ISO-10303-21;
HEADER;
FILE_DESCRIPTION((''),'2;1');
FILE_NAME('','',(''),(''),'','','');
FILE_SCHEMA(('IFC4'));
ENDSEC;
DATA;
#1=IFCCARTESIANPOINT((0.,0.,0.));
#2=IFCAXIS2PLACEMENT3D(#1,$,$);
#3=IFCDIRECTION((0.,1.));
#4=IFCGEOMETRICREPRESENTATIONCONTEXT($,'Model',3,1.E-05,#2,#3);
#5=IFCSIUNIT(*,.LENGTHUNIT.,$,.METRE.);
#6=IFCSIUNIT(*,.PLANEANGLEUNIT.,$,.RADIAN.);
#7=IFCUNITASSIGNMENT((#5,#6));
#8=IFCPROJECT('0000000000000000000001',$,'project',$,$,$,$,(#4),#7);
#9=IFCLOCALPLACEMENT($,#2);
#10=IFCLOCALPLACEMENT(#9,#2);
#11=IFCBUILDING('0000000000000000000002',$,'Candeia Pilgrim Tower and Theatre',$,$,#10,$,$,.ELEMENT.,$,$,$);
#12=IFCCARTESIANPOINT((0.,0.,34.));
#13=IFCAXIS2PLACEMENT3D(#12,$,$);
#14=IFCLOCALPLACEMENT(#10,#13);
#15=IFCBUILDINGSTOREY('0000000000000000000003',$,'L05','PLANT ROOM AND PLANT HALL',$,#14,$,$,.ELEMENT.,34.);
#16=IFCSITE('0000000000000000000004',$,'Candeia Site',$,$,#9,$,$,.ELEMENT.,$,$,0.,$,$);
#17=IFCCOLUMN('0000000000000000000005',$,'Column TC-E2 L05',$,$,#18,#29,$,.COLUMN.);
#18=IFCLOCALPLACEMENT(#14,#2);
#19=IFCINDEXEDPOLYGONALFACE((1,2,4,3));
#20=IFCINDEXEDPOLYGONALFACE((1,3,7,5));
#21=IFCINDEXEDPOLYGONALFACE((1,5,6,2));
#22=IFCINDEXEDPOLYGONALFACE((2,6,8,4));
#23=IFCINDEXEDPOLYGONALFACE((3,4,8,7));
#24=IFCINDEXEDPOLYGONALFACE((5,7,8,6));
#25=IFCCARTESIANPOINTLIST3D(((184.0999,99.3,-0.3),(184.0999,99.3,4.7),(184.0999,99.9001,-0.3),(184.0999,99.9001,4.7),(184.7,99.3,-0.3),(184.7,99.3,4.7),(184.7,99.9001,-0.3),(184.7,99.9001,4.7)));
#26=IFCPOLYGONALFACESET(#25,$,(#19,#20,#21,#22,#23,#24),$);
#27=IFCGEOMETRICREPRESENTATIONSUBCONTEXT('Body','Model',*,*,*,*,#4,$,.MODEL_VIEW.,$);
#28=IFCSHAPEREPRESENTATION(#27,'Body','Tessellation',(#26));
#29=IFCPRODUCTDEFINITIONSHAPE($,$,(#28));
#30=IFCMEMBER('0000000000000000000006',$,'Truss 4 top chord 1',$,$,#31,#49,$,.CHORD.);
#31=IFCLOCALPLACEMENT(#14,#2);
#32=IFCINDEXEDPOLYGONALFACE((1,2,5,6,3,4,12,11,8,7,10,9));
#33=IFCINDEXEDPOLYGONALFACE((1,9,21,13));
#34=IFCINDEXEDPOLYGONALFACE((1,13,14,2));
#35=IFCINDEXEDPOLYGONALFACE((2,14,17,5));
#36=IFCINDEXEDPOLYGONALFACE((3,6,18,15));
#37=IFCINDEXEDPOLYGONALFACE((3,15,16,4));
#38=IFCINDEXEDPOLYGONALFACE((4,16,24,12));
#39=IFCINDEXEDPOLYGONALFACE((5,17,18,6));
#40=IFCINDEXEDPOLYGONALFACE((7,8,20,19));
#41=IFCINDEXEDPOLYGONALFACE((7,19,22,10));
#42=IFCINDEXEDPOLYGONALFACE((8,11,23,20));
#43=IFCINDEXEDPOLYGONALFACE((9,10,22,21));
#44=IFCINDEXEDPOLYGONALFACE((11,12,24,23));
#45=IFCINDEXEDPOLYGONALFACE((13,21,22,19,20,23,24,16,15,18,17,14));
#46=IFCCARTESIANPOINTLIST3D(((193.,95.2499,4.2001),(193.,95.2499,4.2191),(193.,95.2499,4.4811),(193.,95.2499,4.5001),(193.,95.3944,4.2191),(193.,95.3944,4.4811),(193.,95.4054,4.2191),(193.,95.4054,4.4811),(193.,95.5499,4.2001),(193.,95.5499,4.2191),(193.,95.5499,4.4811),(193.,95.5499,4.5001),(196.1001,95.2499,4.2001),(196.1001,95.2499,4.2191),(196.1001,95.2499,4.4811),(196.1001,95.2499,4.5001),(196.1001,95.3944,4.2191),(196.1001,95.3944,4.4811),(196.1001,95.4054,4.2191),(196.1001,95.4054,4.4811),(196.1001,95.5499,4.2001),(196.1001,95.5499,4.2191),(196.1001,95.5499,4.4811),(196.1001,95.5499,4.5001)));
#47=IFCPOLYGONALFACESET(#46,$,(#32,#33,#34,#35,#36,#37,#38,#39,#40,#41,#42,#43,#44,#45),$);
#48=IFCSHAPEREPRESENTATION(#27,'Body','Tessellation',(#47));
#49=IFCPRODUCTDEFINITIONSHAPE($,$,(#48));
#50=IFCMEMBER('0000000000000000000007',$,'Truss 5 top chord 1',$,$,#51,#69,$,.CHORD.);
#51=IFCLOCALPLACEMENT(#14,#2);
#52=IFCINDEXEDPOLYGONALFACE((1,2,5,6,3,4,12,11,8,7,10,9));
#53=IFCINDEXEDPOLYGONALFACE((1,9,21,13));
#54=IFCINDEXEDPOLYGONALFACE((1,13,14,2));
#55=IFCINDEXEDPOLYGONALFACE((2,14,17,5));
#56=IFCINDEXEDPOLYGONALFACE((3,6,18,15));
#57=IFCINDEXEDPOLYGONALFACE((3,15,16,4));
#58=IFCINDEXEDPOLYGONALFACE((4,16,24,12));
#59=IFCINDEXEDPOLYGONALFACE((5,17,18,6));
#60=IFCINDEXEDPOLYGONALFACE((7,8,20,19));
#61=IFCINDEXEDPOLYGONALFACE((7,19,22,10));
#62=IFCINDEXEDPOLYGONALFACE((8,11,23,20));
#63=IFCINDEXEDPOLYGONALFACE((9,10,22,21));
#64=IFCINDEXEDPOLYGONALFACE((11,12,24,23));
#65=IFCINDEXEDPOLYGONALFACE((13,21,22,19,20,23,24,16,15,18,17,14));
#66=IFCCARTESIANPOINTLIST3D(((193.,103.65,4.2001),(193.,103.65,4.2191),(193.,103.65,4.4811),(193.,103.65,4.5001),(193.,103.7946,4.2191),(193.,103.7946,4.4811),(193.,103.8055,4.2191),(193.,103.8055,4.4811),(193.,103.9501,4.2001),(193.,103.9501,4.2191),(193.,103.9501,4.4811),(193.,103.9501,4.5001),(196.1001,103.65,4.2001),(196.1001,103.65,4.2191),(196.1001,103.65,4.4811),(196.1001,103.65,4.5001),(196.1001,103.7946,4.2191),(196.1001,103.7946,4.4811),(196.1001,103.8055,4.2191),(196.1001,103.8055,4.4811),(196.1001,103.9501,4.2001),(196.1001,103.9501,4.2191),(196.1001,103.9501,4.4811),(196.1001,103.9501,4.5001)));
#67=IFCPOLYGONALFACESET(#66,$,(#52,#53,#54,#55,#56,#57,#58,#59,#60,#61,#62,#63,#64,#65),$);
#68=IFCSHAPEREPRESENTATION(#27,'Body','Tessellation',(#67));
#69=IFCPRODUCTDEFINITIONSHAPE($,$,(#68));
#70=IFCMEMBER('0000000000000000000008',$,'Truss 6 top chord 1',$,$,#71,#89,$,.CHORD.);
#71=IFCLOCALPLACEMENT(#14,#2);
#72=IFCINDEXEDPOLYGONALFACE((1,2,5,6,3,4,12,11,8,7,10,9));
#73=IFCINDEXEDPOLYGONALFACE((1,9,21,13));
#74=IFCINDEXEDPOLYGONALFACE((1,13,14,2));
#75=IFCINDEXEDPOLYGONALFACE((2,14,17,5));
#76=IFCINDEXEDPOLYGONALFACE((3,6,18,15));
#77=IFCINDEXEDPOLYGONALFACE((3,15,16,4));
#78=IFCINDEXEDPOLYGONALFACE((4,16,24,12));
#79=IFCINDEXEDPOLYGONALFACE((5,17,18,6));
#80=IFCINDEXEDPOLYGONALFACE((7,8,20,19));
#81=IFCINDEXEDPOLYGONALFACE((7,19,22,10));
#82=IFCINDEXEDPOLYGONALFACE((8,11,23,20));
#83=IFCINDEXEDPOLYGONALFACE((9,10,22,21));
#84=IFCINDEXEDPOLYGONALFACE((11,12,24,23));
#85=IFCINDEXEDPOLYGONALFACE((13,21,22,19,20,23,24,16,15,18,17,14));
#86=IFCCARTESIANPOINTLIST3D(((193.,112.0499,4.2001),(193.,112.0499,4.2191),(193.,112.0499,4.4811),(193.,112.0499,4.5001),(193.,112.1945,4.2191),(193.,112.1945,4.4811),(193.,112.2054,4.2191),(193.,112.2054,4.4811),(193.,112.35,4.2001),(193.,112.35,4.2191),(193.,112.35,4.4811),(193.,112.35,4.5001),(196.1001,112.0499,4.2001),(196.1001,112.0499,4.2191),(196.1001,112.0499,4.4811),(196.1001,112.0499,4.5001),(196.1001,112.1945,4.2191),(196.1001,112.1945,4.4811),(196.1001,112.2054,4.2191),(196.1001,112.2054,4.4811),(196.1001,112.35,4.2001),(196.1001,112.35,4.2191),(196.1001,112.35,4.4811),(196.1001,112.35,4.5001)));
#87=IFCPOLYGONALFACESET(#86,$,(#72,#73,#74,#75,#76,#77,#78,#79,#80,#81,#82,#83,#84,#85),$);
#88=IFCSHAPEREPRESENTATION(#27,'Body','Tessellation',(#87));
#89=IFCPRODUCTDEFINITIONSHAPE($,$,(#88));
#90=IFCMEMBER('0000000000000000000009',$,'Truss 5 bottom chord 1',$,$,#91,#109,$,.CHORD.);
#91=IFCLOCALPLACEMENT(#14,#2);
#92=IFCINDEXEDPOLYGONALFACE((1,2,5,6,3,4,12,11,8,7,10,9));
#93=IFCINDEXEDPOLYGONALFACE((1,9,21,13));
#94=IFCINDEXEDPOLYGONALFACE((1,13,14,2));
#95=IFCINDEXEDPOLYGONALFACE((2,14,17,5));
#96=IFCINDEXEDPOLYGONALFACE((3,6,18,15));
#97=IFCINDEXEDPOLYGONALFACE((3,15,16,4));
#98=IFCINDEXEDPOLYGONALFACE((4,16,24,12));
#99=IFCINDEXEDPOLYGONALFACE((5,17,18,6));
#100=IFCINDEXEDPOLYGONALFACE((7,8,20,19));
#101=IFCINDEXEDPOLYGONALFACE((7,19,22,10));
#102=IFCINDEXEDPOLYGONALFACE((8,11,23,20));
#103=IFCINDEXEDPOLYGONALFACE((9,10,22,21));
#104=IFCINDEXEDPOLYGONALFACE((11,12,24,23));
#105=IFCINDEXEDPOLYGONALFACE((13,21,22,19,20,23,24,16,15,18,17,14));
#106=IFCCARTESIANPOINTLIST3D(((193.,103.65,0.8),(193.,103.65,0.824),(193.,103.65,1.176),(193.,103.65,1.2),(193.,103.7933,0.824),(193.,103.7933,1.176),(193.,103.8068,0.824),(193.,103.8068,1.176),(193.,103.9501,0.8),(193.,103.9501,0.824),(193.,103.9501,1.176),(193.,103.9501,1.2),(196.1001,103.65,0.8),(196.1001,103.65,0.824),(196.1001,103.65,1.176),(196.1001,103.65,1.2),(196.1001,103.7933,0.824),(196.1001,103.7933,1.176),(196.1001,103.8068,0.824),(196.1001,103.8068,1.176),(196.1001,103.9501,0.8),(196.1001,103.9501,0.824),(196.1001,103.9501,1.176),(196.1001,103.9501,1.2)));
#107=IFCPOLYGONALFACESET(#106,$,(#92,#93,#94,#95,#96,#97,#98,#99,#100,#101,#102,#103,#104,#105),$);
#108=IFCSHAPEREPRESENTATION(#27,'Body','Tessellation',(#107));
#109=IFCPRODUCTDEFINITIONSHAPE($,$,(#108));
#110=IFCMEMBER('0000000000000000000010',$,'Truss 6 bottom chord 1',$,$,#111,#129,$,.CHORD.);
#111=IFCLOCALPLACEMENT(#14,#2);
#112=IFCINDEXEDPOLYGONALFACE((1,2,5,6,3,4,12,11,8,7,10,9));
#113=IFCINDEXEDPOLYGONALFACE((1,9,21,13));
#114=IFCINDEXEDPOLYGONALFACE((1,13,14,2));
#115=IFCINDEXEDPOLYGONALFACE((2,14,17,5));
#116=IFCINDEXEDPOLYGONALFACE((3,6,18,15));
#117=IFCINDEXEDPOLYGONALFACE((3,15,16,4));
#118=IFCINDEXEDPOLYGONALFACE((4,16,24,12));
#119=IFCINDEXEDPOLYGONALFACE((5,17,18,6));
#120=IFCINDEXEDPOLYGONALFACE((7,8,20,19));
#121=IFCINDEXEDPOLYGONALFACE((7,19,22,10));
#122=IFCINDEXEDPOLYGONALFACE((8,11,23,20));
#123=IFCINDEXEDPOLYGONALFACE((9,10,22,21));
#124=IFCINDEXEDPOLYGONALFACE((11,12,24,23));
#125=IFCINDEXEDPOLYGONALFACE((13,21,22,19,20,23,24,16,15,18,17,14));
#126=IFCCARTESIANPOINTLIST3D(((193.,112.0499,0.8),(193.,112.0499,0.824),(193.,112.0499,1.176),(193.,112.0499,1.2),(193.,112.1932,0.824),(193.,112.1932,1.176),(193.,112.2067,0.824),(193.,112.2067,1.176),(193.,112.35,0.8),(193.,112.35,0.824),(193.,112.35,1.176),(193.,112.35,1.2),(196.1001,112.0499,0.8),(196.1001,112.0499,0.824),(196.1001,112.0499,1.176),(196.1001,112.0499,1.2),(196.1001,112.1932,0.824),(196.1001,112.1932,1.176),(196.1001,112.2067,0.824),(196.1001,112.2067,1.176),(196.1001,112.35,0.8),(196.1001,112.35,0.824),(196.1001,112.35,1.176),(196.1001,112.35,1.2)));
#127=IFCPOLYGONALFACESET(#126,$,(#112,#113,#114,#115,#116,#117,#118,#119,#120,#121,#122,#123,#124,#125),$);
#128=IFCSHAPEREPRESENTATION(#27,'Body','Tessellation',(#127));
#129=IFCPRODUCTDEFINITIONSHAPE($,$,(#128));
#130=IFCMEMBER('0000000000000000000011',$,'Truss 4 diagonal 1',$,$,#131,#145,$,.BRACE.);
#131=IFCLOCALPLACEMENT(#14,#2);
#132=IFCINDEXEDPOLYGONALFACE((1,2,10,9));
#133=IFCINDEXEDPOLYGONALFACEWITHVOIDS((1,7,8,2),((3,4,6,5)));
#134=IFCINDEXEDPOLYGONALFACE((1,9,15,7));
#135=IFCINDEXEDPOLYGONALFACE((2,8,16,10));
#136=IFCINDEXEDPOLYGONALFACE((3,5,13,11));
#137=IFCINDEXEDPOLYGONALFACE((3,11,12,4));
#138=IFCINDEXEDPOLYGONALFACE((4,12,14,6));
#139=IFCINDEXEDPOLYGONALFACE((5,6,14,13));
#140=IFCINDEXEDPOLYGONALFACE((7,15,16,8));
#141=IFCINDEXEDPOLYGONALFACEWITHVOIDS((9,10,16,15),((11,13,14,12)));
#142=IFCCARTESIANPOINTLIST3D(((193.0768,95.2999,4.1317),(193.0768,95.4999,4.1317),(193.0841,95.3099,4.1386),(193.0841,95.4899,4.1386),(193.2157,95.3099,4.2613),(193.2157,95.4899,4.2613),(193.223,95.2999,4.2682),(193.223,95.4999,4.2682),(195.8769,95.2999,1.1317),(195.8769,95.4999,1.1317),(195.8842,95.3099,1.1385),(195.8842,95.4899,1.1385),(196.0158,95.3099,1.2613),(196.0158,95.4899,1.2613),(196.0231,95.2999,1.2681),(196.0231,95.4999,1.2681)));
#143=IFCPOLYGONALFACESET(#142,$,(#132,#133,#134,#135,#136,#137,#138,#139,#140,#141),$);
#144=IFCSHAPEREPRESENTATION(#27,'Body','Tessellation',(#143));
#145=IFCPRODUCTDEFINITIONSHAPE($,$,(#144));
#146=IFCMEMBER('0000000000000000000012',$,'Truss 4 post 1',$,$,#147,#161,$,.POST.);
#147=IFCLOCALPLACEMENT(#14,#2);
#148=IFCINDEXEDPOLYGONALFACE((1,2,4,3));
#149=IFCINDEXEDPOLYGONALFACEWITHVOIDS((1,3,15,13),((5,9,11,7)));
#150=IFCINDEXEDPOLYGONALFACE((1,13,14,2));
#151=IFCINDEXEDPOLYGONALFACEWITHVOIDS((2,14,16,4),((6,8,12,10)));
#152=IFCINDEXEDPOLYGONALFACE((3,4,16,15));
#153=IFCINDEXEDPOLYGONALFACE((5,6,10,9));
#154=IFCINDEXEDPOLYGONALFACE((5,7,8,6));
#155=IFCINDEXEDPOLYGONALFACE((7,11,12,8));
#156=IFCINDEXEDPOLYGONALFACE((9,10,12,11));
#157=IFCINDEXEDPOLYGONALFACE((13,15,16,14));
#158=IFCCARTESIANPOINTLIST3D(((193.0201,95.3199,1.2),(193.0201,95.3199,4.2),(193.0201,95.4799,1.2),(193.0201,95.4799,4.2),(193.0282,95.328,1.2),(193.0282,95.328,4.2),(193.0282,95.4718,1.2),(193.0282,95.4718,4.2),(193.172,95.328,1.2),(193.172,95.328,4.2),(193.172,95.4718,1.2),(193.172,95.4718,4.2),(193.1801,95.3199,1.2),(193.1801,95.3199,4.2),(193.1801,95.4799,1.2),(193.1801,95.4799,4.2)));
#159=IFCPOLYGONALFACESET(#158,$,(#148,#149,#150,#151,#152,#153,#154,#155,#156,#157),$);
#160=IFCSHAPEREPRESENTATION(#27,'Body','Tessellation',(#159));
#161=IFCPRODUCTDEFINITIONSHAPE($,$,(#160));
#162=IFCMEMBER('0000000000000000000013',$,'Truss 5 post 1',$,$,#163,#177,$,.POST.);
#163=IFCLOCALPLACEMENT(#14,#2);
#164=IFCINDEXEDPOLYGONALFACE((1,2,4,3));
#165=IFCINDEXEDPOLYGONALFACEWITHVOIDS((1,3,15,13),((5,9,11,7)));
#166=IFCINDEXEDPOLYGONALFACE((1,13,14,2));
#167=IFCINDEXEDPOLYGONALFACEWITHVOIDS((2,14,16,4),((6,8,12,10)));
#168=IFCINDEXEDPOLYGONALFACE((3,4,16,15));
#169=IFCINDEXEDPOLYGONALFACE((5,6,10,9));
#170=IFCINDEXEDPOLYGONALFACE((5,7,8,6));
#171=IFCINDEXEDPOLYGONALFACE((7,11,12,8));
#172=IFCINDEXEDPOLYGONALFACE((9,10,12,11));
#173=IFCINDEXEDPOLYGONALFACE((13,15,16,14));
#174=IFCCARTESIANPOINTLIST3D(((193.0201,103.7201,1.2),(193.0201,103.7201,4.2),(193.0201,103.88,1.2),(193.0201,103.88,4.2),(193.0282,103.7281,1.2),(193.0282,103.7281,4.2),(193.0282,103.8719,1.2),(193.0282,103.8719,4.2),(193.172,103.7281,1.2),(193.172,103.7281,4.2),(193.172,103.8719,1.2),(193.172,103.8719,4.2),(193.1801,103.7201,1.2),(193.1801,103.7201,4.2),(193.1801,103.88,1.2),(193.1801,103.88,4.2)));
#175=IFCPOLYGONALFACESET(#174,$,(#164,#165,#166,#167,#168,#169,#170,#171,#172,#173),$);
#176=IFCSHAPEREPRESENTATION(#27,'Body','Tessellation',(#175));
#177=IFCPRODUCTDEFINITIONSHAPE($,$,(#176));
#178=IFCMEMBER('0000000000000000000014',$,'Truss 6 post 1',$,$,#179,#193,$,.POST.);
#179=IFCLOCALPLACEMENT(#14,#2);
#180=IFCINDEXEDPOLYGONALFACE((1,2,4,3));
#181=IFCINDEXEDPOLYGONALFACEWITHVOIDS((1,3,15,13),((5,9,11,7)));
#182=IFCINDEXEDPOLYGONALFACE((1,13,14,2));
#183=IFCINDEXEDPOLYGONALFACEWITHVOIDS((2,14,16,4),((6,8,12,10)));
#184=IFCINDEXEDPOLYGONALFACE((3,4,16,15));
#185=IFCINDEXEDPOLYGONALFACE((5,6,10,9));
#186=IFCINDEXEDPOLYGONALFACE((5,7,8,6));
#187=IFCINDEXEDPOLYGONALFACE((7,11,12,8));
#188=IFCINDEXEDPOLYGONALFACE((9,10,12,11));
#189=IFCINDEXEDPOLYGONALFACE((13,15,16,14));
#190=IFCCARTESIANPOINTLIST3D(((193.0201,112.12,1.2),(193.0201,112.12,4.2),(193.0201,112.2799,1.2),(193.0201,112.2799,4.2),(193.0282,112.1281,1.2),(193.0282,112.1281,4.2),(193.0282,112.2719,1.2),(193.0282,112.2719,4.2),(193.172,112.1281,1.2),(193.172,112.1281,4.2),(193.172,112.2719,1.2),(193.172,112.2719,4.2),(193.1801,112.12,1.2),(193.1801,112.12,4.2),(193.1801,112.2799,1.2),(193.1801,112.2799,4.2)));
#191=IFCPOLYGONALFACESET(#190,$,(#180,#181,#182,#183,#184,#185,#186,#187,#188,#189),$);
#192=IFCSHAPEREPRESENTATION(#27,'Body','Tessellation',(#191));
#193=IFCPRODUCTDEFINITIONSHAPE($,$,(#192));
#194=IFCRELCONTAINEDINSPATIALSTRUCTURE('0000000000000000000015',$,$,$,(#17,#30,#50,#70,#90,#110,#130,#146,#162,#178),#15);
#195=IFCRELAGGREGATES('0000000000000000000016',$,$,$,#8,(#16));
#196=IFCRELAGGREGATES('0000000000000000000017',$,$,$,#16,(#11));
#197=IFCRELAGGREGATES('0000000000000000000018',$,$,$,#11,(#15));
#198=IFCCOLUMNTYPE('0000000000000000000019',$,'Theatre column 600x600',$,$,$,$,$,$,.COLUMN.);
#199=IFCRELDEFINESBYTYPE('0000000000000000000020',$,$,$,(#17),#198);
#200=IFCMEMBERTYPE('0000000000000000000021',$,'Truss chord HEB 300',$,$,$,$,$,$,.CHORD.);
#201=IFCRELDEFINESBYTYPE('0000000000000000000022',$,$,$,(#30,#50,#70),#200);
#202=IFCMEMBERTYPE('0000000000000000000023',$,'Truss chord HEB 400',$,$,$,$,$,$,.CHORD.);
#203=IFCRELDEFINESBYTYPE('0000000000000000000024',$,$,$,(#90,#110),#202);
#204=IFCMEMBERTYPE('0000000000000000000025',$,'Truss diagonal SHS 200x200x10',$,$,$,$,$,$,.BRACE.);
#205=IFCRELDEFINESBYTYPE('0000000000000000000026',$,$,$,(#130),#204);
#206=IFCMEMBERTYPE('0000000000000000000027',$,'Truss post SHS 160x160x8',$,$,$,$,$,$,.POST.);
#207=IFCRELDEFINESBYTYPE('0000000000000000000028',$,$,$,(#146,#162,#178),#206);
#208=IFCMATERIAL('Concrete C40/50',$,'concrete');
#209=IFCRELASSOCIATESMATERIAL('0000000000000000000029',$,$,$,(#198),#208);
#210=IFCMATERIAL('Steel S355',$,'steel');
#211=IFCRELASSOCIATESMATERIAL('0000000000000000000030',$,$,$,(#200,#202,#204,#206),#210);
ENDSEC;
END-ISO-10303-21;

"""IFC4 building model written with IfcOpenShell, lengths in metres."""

from ifc_helpers import new_model, si_unit, direction, frame, origin, origin_2d, place, context, subcontext, project, spatial, rectangle, hollow_rectangle, i_section, extrude, material, material_profile, profile_set, type_object, element, save


model = new_model("IFC4")

# Units and contexts
model_context = context("Model", 3, precision=1e-05, world=origin(), true_north=direction((0.0, 1.0)))
body_context = subcontext(model_context, "Body", "Model", "MODEL_VIEW")
ifc_project = project(units=[si_unit("LENGTHUNIT", "METRE"), si_unit("PLANEANGLEUNIT", "RADIAN")], contexts=[model_context])

# Site, building, storey
site_placement = place(None, origin())
site = spatial("IfcSite", under=ifc_project, at=site_placement, Name="Candeia Site", CompositionType="ELEMENT", RefElevation=0.0)
building_placement = place(site_placement, origin())
building = spatial("IfcBuilding", under=site, at=building_placement, Name="Candeia Pilgrim Tower and Theatre", CompositionType="ELEMENT")
storey_placement = place(building_placement, frame((0.0, 0.0, 34.0)))
storey = spatial("IfcBuildingStorey", under=building, at=storey_placement, Name="L05", Description="PLANT ROOM AND PLANT HALL", CompositionType="ELEMENT", Elevation=34.0)

# Column
ifc_material_1 = material(Name="Concrete C40/50", Category="concrete")
ifc_material_profile_1 = material_profile(ifc_material_1, rectangle(XDim=0.6001, YDim=0.6001, at=origin_2d()))
ifc_profile_set_1 = profile_set([ifc_material_profile_1], Name="Concrete C40/50")
column_type = type_object("IfcColumnType", Name="Theatre column 600x600", PredefinedType="COLUMN", material=ifc_profile_set_1)
column_placement = place(storey_placement, frame((184.3999, 99.6001, -0.3), z_axis=(0.0, 0.0, 1.0), x_axis=(1.0, 0.0, 0.0)))
element("IfcColumn", 1, at=column_placement, inside=storey, type_object=column_type, Name="Column TC-E2 L05", PredefinedType="COLUMN", context=body_context, shape_type="SweptSolid", body=[
    extrude(rectangle(XDim=0.6001, YDim=0.6001, at=origin_2d()), origin(), (0.0, 0.0, 1.0), 5.0),
])

# Members
ifc_material_2 = material(Name="Steel S355", Category="steel")
ifc_material_profile_2 = material_profile(ifc_material_2, i_section(OverallWidth=0.3, OverallDepth=0.3, WebThickness=0.011, FlangeThickness=0.019, at=origin_2d()))
ifc_profile_set_2 = profile_set([ifc_material_profile_2], Name="Steel S355")
member_type_1 = type_object("IfcMemberType", Name="Truss chord HEB 300", PredefinedType="CHORD", material=ifc_profile_set_2)
for number, where, z_axis, x_axis, name in (
    (2, (193.0, 95.3999, 4.3501), (1.0, 0.0, 0.0), (0.0, 1.0, 0.0), "Truss 4 top chord 1"),
    (3, (193.0, 103.8, 4.3501), (1.0, 0.0, 0.0), (0.0, 1.0, 0.0), "Truss 5 top chord 1"),
    (4, (193.0, 112.2, 4.3501), (1.0, 0.0, 0.0), (0.0, 1.0, 0.0), "Truss 6 top chord 1"),
):
    element("IfcMember", number, at=place(storey_placement, frame(where, z_axis=z_axis, x_axis=x_axis)), inside=storey, type_object=member_type_1, Name=name, PredefinedType="CHORD", context=body_context, shape_type="SweptSolid", body=[
        extrude(i_section(OverallWidth=0.3, OverallDepth=0.3, WebThickness=0.011, FlangeThickness=0.019, at=origin_2d()), origin(), (0.0, 0.0, 1.0), 3.1001),
    ])
ifc_material_profile_3 = material_profile(ifc_material_2, i_section(OverallWidth=0.3, OverallDepth=0.3999, WebThickness=0.0134, FlangeThickness=0.0239, at=origin_2d()))
ifc_profile_set_3 = profile_set([ifc_material_profile_3], Name="Steel S355")
member_type_2 = type_object("IfcMemberType", Name="Truss chord HEB 400", PredefinedType="CHORD", material=ifc_profile_set_3)
for number, where, z_axis, x_axis, name in (
    (5, (193.0, 103.8, 1.0), (1.0, 0.0, 0.0), (0.0, 1.0, 0.0), "Truss 5 bottom chord 1"),
    (6, (193.0, 112.2, 1.0), (1.0, 0.0, 0.0), (0.0, 1.0, 0.0), "Truss 6 bottom chord 1"),
):
    element("IfcMember", number, at=place(storey_placement, frame(where, z_axis=z_axis, x_axis=x_axis)), inside=storey, type_object=member_type_2, Name=name, PredefinedType="CHORD", context=body_context, shape_type="SweptSolid", body=[
        extrude(i_section(OverallWidth=0.3, OverallDepth=0.3999, WebThickness=0.0134, FlangeThickness=0.0239, at=origin_2d()), origin(), (0.0, 0.0, 1.0), 3.1001),
    ])
ifc_material_profile_4 = material_profile(ifc_material_2, hollow_rectangle(XDim=0.2, YDim=0.2, WallThickness=0.01, at=origin_2d()))
ifc_profile_set_4 = profile_set([ifc_material_profile_4], Name="Steel S355")
member_type_3 = type_object("IfcMemberType", Name="Truss diagonal SHS 200x200x10", PredefinedType="BRACE", material=ifc_profile_set_4)
member_placement = place(storey_placement, frame((193.1499, 95.3999, 4.2), z_axis=(0.682325, 0.0, -0.731049), x_axis=(0.0, 1.0, 0.0)))
element("IfcMember", 7, at=member_placement, inside=storey, type_object=member_type_3, Name="Truss 4 diagonal 1", PredefinedType="BRACE", context=body_context, shape_type="SweptSolid", body=[
    extrude(hollow_rectangle(XDim=0.2, YDim=0.2, WallThickness=0.01, at=origin_2d()), origin(), (0.0, 0.0, 1.0), 4.1038),
])
ifc_material_profile_5 = material_profile(ifc_material_2, hollow_rectangle(XDim=0.1599, YDim=0.1599, WallThickness=0.0081, at=origin_2d()))
ifc_profile_set_5 = profile_set([ifc_material_profile_5], Name="Steel S355")
member_type_4 = type_object("IfcMemberType", Name="Truss post SHS 160x160x8", PredefinedType="POST", material=ifc_profile_set_5)
for number, where, z_axis, x_axis, name in (
    (8, (193.1001, 95.3999, 1.2), (0.0, 0.0, 1.0), (1.0, 0.0, 0.0), "Truss 4 post 1"),
    (9, (193.1001, 103.8, 1.2), (0.0, 0.0, 1.0), (1.0, 0.0, 0.0), "Truss 5 post 1"),
    (10, (193.1001, 112.2, 1.2), (0.0, 0.0, 1.0), (1.0, 0.0, 0.0), "Truss 6 post 1"),
):
    element("IfcMember", number, at=place(storey_placement, frame(where, z_axis=z_axis, x_axis=x_axis)), inside=storey, type_object=member_type_4, Name=name, PredefinedType="POST", context=body_context, shape_type="SweptSolid", body=[
        extrude(hollow_rectangle(XDim=0.1599, YDim=0.1599, WallThickness=0.0081, at=origin_2d()), origin(), (0.0, 0.0, 1.0), 3.0),
    ])

save(model, "model.ifc")
